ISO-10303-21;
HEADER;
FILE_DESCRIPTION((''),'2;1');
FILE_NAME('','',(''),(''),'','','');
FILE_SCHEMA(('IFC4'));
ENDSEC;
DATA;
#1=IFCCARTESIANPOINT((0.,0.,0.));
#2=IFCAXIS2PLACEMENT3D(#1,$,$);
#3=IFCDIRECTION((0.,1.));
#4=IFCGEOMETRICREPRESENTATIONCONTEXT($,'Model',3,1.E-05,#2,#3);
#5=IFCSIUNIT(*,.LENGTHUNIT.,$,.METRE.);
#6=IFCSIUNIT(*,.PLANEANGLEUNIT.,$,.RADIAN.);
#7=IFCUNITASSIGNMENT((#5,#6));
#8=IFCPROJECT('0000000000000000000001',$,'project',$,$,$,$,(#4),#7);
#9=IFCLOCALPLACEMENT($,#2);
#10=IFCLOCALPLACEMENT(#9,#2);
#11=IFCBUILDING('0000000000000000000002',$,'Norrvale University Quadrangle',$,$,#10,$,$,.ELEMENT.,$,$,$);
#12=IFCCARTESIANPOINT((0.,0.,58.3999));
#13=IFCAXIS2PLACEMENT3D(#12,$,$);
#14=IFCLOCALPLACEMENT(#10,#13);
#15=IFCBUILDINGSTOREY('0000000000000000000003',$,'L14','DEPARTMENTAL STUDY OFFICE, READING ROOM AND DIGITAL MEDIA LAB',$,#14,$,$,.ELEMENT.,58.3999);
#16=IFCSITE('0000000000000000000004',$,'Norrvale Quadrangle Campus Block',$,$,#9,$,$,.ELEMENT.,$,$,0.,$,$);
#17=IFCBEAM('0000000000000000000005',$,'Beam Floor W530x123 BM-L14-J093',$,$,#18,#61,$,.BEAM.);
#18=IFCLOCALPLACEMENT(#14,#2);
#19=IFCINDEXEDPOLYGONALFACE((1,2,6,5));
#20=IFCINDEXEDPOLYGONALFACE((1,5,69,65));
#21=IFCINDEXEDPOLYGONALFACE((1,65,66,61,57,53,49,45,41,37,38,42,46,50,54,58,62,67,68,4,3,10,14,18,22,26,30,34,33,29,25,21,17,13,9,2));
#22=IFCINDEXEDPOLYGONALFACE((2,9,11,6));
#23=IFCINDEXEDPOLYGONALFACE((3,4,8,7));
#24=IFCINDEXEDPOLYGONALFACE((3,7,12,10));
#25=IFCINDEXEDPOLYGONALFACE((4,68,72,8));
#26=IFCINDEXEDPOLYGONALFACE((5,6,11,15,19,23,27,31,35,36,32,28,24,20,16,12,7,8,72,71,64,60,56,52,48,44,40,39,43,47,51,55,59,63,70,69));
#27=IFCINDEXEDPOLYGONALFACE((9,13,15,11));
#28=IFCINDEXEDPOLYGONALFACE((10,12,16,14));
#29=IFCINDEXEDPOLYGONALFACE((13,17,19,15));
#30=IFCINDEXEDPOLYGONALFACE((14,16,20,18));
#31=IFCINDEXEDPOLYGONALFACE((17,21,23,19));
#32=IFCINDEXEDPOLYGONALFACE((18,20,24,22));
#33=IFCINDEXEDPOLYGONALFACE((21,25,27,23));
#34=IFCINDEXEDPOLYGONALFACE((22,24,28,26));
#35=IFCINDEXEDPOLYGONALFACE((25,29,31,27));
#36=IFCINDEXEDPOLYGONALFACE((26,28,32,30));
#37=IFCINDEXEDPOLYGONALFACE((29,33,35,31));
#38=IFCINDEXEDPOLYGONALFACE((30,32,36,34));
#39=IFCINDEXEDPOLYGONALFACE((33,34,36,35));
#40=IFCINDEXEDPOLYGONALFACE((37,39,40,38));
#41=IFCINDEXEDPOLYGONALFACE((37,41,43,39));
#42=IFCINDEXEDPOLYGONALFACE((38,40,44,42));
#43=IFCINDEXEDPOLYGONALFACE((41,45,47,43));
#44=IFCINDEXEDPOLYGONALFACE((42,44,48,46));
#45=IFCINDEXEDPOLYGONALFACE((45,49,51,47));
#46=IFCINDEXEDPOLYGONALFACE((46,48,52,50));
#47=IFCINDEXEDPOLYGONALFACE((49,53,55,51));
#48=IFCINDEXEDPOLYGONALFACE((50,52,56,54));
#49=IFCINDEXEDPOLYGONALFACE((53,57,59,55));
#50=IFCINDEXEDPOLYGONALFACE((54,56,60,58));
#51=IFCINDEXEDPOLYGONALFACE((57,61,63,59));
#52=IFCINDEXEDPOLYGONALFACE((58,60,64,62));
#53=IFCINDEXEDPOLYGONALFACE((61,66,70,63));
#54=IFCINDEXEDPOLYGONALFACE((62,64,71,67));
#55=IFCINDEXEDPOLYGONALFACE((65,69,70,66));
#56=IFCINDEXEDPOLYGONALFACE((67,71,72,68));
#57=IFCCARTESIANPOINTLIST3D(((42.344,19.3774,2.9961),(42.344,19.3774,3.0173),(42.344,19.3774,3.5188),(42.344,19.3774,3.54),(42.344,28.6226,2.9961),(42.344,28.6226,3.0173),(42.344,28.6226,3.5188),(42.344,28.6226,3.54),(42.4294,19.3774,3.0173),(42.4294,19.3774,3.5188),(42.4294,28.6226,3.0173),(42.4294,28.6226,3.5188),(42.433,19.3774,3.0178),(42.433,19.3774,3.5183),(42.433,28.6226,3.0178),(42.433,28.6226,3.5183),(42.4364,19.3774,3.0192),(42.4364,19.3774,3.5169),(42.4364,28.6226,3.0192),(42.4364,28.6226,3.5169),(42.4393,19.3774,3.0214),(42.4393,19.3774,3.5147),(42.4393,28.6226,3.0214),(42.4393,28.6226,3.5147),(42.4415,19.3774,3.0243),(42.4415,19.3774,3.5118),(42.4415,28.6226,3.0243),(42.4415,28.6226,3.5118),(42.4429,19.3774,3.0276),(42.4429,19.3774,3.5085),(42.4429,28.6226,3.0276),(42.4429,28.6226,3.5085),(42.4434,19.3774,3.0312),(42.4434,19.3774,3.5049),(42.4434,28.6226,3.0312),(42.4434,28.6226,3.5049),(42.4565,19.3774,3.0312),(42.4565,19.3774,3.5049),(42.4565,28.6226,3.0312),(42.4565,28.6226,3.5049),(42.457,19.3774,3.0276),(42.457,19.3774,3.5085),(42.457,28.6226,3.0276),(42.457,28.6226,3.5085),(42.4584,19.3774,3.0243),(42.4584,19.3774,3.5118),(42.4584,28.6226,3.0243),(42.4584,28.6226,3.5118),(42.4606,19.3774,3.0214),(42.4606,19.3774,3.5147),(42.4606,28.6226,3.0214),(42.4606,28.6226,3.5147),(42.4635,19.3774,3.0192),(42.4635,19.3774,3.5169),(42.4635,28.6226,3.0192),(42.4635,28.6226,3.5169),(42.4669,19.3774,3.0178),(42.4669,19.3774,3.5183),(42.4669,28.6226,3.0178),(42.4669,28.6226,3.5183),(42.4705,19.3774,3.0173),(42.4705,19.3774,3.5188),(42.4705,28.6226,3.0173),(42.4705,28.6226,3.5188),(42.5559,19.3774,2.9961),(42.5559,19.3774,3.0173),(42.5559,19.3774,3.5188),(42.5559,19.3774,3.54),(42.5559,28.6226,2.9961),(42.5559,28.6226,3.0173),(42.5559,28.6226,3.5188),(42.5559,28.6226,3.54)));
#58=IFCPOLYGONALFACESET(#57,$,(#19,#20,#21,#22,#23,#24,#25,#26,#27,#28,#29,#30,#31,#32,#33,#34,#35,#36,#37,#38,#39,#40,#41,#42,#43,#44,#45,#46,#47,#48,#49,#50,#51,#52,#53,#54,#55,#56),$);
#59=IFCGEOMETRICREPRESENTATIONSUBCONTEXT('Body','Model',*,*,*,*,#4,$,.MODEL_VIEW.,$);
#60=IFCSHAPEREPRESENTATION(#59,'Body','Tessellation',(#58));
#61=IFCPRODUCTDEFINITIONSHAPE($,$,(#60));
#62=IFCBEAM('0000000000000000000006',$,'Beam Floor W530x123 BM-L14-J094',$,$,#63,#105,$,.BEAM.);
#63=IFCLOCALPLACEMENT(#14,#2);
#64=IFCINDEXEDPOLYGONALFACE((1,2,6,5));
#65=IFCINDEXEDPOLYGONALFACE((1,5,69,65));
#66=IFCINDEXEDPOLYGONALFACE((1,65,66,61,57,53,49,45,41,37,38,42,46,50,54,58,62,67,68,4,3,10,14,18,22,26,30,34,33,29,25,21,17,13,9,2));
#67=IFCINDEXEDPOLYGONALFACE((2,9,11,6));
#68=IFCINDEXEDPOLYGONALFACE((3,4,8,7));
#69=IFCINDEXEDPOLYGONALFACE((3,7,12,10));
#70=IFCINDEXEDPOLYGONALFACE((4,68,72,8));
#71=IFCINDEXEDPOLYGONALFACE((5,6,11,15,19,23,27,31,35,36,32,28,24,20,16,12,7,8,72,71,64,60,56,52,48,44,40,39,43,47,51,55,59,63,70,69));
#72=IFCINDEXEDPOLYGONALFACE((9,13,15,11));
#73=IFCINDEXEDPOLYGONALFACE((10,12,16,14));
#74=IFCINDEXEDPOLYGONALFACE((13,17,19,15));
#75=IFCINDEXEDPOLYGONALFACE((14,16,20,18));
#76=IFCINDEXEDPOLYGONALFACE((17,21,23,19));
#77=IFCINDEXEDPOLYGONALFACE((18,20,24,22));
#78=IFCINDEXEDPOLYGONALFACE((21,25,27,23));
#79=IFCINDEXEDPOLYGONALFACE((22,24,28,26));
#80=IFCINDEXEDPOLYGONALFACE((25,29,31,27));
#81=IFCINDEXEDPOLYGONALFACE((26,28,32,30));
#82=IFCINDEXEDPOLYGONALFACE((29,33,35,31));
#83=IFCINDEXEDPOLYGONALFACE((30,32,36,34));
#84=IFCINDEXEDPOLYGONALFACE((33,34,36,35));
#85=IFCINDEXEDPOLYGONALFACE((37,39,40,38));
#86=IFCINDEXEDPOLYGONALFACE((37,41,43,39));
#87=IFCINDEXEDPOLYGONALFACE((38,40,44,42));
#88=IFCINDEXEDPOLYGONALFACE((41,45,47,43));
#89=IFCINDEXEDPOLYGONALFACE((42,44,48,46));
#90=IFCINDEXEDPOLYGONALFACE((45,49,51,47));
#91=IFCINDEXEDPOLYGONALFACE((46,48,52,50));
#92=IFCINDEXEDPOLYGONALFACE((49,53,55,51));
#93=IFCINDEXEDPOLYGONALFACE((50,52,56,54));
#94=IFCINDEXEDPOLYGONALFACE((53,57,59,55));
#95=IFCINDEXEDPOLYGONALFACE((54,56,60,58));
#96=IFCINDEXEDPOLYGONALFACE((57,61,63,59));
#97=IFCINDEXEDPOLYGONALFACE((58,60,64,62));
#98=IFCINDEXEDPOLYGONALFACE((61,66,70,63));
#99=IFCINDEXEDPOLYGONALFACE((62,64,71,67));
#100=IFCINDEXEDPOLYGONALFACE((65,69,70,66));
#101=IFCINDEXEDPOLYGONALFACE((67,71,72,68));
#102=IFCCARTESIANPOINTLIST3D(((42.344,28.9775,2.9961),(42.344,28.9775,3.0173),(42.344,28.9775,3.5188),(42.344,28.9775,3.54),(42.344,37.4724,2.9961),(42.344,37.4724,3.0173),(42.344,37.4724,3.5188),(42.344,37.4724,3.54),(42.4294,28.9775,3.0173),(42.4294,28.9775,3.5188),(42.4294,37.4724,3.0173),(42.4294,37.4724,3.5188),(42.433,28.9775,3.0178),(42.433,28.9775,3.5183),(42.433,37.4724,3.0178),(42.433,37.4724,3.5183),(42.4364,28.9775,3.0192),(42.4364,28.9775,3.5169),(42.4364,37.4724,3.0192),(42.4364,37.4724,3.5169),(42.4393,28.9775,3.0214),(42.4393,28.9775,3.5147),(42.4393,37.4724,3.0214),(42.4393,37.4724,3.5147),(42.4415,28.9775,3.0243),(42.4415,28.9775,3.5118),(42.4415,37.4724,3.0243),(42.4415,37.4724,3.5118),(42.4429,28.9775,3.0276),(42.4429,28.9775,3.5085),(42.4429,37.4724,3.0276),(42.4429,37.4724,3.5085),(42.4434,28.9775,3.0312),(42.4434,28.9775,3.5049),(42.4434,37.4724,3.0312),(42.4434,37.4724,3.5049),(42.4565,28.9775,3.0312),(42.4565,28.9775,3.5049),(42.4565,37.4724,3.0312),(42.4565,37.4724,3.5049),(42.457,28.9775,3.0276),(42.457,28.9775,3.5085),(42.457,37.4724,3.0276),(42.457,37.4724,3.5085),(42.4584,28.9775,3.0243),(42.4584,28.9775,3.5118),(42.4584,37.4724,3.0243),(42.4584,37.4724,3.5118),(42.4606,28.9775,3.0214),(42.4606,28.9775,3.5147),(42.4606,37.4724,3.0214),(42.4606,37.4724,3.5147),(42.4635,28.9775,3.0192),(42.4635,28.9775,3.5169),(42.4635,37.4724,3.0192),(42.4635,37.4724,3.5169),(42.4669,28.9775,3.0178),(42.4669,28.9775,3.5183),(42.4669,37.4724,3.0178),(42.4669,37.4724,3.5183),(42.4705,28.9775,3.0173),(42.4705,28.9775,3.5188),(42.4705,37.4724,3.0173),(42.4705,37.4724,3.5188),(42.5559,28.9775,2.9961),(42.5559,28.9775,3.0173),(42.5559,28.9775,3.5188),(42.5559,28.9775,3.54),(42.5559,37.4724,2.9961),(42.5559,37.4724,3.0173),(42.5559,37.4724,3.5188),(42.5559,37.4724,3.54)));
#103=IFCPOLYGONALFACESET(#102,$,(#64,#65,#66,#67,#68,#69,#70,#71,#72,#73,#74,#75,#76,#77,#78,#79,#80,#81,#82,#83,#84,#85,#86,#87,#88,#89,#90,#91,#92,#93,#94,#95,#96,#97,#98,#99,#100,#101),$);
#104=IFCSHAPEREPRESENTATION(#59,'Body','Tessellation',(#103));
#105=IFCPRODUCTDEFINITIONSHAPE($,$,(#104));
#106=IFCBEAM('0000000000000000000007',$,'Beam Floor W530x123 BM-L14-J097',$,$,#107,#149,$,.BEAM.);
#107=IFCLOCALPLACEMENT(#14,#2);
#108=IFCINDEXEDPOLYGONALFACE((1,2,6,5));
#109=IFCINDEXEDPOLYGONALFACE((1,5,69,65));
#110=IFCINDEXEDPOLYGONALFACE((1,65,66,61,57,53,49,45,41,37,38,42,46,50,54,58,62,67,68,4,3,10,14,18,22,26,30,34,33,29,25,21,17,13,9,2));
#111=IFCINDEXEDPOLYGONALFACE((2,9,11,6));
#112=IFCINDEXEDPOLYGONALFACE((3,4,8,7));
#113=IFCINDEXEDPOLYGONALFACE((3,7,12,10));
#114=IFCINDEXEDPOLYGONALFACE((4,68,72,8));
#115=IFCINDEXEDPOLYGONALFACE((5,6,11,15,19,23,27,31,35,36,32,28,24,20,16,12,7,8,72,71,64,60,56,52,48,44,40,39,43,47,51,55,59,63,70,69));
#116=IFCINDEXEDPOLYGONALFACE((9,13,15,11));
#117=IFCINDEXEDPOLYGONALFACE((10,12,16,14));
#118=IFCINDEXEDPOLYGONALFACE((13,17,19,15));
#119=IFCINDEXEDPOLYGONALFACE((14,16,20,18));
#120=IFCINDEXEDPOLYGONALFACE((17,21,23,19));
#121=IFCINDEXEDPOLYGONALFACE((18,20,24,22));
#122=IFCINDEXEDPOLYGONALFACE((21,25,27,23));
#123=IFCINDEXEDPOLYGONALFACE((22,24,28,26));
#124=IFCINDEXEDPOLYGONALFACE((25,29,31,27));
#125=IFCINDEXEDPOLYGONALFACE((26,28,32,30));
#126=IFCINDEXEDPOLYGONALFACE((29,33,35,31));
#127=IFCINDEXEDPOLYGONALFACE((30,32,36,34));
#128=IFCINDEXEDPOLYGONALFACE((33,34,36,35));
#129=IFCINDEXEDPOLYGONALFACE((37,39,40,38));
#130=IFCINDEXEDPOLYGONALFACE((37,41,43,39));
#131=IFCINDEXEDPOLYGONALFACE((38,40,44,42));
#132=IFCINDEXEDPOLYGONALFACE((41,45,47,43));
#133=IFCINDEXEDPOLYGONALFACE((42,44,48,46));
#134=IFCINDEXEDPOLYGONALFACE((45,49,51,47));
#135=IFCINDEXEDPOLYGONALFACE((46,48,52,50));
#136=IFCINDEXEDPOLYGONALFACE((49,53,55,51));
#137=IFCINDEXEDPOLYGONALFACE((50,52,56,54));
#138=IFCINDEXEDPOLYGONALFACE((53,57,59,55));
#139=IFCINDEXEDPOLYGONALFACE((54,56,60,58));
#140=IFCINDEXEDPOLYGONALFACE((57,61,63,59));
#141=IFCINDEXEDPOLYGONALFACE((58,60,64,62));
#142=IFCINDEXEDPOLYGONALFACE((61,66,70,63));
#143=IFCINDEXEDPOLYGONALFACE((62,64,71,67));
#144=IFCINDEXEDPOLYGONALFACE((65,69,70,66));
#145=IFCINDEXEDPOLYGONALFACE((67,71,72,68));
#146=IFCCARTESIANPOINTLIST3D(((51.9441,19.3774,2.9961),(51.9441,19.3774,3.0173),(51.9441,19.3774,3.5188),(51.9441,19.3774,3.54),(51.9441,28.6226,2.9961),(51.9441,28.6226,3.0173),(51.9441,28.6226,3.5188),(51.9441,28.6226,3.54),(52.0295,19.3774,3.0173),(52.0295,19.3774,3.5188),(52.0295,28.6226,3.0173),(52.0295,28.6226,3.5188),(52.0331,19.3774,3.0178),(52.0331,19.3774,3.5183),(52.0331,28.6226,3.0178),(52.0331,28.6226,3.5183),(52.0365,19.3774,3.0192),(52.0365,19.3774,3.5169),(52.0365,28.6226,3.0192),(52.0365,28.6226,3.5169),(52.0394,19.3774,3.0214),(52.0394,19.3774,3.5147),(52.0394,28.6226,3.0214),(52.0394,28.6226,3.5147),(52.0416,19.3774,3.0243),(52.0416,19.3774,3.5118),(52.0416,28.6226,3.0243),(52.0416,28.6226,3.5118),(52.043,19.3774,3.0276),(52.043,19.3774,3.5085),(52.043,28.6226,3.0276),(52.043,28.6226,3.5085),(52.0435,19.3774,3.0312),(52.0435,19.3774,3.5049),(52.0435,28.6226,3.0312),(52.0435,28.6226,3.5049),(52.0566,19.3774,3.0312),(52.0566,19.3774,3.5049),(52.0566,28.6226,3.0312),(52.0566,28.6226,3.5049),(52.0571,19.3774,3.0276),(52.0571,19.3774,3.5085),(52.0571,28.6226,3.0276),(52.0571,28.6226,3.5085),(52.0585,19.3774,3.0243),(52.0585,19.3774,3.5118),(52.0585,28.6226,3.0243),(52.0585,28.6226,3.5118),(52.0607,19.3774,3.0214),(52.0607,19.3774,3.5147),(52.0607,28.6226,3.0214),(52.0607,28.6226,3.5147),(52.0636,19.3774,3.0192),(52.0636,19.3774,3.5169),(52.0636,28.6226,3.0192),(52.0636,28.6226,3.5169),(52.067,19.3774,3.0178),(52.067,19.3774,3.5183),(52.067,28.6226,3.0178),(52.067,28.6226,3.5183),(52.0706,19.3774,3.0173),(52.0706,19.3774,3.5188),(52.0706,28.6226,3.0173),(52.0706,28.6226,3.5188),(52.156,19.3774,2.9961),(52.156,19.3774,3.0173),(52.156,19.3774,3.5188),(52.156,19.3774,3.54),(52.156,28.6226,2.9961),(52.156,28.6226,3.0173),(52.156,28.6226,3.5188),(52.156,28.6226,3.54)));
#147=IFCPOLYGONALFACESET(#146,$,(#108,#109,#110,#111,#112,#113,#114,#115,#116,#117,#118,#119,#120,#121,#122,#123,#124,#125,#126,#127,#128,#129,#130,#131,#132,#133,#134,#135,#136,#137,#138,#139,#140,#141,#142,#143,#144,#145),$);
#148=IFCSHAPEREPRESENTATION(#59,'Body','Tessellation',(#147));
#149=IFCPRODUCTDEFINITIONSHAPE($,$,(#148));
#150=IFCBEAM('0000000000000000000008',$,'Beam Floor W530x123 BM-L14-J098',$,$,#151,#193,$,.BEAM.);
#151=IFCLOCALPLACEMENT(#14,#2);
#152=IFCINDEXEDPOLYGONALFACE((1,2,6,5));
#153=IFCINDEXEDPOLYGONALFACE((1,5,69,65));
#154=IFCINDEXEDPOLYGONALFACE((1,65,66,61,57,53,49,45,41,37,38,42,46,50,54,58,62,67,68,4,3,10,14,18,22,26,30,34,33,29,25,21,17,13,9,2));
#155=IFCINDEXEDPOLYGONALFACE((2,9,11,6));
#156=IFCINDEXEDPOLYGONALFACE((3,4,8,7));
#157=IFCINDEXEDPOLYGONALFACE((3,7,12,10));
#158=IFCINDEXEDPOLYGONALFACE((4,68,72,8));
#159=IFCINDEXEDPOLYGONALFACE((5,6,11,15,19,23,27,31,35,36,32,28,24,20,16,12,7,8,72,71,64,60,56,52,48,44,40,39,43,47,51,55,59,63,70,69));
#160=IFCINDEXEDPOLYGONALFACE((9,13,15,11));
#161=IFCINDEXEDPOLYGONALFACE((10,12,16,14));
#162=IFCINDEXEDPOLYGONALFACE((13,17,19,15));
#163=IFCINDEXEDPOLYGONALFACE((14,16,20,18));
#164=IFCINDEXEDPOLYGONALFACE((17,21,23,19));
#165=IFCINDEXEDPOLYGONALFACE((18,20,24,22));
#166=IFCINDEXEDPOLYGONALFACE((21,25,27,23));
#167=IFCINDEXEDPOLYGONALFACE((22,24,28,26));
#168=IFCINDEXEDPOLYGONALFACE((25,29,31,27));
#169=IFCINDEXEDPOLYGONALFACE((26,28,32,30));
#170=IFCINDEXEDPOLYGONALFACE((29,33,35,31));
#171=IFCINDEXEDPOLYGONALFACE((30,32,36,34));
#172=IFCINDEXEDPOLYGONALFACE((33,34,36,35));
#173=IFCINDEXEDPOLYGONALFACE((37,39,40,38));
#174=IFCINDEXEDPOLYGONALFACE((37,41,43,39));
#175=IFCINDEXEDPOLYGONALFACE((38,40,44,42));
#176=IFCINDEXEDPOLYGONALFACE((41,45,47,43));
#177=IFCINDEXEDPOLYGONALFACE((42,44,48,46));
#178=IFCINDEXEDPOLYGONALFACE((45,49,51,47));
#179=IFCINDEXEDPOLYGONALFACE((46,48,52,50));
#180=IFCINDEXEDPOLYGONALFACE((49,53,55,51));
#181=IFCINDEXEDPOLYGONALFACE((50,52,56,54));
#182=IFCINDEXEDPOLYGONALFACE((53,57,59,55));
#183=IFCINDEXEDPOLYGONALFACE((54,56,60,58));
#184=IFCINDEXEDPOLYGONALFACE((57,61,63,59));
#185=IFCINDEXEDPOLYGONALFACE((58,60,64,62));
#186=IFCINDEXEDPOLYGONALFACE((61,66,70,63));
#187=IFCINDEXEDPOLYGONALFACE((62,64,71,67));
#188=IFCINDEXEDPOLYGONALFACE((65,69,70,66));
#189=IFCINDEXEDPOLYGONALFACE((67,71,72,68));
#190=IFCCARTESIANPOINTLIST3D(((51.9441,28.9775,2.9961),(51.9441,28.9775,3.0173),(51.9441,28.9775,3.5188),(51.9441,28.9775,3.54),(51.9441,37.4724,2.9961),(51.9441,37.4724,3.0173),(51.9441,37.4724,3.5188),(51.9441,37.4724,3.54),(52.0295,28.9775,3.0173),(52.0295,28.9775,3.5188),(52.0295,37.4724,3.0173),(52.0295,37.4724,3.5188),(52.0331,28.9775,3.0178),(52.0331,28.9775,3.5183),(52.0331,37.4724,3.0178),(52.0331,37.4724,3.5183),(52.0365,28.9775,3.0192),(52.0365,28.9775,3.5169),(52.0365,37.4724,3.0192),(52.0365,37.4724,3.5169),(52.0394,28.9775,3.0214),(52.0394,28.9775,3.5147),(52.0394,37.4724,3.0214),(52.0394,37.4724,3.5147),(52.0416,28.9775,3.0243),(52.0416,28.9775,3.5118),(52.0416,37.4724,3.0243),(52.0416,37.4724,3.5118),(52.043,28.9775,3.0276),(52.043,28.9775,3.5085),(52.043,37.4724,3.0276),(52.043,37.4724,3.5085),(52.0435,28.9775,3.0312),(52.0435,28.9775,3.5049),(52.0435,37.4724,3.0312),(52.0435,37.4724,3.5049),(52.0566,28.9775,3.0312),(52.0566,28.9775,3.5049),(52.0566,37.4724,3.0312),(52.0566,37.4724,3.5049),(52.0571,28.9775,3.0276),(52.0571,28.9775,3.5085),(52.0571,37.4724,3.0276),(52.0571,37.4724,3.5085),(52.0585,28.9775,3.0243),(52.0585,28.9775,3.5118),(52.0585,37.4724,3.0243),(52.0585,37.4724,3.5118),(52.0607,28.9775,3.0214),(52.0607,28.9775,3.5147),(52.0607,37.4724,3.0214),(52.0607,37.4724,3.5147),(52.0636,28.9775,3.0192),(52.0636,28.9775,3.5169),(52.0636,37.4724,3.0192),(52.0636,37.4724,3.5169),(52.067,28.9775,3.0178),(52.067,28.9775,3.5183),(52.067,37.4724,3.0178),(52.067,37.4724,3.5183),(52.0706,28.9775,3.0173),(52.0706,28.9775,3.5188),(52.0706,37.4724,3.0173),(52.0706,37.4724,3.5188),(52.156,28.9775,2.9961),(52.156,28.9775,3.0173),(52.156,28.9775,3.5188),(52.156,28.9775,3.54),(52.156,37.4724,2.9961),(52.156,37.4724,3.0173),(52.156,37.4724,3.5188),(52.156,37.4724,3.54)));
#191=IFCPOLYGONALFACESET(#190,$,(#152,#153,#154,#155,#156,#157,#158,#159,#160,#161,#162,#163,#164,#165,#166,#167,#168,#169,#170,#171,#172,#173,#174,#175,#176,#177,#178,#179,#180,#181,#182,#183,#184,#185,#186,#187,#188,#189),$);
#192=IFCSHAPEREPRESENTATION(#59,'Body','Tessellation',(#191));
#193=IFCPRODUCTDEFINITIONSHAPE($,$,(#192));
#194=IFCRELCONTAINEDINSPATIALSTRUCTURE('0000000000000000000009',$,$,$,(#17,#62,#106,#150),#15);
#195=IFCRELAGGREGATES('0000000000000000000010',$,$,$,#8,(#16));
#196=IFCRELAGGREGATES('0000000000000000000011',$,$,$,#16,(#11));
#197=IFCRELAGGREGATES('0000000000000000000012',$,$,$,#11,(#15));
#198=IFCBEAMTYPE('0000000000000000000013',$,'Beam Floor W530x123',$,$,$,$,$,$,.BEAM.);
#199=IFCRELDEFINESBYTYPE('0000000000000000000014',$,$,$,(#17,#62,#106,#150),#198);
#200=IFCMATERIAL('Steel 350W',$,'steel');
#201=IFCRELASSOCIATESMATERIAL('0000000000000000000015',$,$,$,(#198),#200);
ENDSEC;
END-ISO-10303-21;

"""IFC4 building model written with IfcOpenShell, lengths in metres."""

from ifc_helpers import new_model, si_unit, direction, frame, origin, origin_2d, place, context, subcontext, project, spatial, i_section, extrude, material, material_profile, profile_set, type_object, element, save


model = new_model("IFC4")

# Units and contexts
model_context = context("Model", 3, precision=1e-05, world=origin(), true_north=direction((0.0, 1.0)))
body_context = subcontext(model_context, "Body", "Model", "MODEL_VIEW")
ifc_project = project(units=[si_unit("LENGTHUNIT", "METRE"), si_unit("PLANEANGLEUNIT", "RADIAN")], contexts=[model_context])

# Site, building, storey
site_placement = place(None, origin())
site = spatial("IfcSite", under=ifc_project, at=site_placement, Name="Norrvale Quadrangle Campus Block", CompositionType="ELEMENT", RefElevation=0.0)
building_placement = place(site_placement, origin())
building = spatial("IfcBuilding", under=site, at=building_placement, Name="Norrvale University Quadrangle", CompositionType="ELEMENT")
storey_placement = place(building_placement, frame((0.0, 0.0, 58.3999)))
storey = spatial("IfcBuildingStorey", under=building, at=storey_placement, Name="L14", Description="DEPARTMENTAL STUDY OFFICE, READING ROOM AND DIGITAL MEDIA LAB", CompositionType="ELEMENT", Elevation=58.3999)

# Beams
ifc_material_1 = material(Name="Steel 350W", Category="steel")
ifc_material_profile_1 = material_profile(ifc_material_1, i_section(OverallWidth=0.2119, OverallDepth=0.5439, WebThickness=0.0132, FlangeThickness=0.0212, FilletRadius=0.0139, at=origin_2d()), Name="Steel 350W")
ifc_profile_set_1 = profile_set([ifc_material_profile_1], Name="Steel 350W")
beam_type_1 = type_object("IfcBeamType", Name="Beam Floor W530x123", PredefinedType="BEAM", material=ifc_profile_set_1)
beam_1_placement = place(storey_placement, frame((42.45, 19.3774, 3.2681), z_axis=(0.0, 1.0, 0.0), x_axis=(-1.0, 0.0, 0.0)))
element("IfcBeam", 1, at=beam_1_placement, inside=storey, type_object=beam_type_1, Name="Beam Floor W530x123 BM-L14-J093", PredefinedType="BEAM", context=body_context, shape_type="SweptSolid", body=[
    extrude(i_section(OverallWidth=0.2119, OverallDepth=0.5439, WebThickness=0.0132, FlangeThickness=0.0212, FilletRadius=0.0139, at=origin_2d()), origin(), (0.0, 0.0, 1.0), 9.2451),
])
beam_2_placement = place(storey_placement, frame((42.45, 28.9775, 3.2681), z_axis=(0.0, 1.0, 0.0), x_axis=(-1.0, 0.0, 0.0)))
element("IfcBeam", 2, at=beam_2_placement, inside=storey, type_object=beam_type_1, Name="Beam Floor W530x123 BM-L14-J094", PredefinedType="BEAM", context=body_context, shape_type="SweptSolid", body=[
    extrude(i_section(OverallWidth=0.2119, OverallDepth=0.5439, WebThickness=0.0132, FlangeThickness=0.0212, FilletRadius=0.0139, at=origin_2d()), origin(), (0.0, 0.0, 1.0), 8.4949),
])
beam_3_placement = place(storey_placement, frame((52.05, 19.3774, 3.2681), z_axis=(0.0, 1.0, 0.0), x_axis=(-1.0, 0.0, 0.0)))
element("IfcBeam", 3, at=beam_3_placement, inside=storey, type_object=beam_type_1, Name="Beam Floor W530x123 BM-L14-J097", PredefinedType="BEAM", context=body_context, shape_type="SweptSolid", body=[
    extrude(i_section(OverallWidth=0.2119, OverallDepth=0.5439, WebThickness=0.0132, FlangeThickness=0.0212, FilletRadius=0.0139, at=origin_2d()), origin(), (0.0, 0.0, 1.0), 9.2451),
])
beam_4_placement = place(storey_placement, frame((52.05, 28.9775, 3.2681), z_axis=(0.0, 1.0, 0.0), x_axis=(-1.0, 0.0, 0.0)))
element("IfcBeam", 4, at=beam_4_placement, inside=storey, type_object=beam_type_1, Name="Beam Floor W530x123 BM-L14-J098", PredefinedType="BEAM", context=body_context, shape_type="SweptSolid", body=[
    extrude(i_section(OverallWidth=0.2119, OverallDepth=0.5439, WebThickness=0.0132, FlangeThickness=0.0212, FilletRadius=0.0139, at=origin_2d()), origin(), (0.0, 0.0, 1.0), 8.4949),
])

save(model, "model.ifc")
